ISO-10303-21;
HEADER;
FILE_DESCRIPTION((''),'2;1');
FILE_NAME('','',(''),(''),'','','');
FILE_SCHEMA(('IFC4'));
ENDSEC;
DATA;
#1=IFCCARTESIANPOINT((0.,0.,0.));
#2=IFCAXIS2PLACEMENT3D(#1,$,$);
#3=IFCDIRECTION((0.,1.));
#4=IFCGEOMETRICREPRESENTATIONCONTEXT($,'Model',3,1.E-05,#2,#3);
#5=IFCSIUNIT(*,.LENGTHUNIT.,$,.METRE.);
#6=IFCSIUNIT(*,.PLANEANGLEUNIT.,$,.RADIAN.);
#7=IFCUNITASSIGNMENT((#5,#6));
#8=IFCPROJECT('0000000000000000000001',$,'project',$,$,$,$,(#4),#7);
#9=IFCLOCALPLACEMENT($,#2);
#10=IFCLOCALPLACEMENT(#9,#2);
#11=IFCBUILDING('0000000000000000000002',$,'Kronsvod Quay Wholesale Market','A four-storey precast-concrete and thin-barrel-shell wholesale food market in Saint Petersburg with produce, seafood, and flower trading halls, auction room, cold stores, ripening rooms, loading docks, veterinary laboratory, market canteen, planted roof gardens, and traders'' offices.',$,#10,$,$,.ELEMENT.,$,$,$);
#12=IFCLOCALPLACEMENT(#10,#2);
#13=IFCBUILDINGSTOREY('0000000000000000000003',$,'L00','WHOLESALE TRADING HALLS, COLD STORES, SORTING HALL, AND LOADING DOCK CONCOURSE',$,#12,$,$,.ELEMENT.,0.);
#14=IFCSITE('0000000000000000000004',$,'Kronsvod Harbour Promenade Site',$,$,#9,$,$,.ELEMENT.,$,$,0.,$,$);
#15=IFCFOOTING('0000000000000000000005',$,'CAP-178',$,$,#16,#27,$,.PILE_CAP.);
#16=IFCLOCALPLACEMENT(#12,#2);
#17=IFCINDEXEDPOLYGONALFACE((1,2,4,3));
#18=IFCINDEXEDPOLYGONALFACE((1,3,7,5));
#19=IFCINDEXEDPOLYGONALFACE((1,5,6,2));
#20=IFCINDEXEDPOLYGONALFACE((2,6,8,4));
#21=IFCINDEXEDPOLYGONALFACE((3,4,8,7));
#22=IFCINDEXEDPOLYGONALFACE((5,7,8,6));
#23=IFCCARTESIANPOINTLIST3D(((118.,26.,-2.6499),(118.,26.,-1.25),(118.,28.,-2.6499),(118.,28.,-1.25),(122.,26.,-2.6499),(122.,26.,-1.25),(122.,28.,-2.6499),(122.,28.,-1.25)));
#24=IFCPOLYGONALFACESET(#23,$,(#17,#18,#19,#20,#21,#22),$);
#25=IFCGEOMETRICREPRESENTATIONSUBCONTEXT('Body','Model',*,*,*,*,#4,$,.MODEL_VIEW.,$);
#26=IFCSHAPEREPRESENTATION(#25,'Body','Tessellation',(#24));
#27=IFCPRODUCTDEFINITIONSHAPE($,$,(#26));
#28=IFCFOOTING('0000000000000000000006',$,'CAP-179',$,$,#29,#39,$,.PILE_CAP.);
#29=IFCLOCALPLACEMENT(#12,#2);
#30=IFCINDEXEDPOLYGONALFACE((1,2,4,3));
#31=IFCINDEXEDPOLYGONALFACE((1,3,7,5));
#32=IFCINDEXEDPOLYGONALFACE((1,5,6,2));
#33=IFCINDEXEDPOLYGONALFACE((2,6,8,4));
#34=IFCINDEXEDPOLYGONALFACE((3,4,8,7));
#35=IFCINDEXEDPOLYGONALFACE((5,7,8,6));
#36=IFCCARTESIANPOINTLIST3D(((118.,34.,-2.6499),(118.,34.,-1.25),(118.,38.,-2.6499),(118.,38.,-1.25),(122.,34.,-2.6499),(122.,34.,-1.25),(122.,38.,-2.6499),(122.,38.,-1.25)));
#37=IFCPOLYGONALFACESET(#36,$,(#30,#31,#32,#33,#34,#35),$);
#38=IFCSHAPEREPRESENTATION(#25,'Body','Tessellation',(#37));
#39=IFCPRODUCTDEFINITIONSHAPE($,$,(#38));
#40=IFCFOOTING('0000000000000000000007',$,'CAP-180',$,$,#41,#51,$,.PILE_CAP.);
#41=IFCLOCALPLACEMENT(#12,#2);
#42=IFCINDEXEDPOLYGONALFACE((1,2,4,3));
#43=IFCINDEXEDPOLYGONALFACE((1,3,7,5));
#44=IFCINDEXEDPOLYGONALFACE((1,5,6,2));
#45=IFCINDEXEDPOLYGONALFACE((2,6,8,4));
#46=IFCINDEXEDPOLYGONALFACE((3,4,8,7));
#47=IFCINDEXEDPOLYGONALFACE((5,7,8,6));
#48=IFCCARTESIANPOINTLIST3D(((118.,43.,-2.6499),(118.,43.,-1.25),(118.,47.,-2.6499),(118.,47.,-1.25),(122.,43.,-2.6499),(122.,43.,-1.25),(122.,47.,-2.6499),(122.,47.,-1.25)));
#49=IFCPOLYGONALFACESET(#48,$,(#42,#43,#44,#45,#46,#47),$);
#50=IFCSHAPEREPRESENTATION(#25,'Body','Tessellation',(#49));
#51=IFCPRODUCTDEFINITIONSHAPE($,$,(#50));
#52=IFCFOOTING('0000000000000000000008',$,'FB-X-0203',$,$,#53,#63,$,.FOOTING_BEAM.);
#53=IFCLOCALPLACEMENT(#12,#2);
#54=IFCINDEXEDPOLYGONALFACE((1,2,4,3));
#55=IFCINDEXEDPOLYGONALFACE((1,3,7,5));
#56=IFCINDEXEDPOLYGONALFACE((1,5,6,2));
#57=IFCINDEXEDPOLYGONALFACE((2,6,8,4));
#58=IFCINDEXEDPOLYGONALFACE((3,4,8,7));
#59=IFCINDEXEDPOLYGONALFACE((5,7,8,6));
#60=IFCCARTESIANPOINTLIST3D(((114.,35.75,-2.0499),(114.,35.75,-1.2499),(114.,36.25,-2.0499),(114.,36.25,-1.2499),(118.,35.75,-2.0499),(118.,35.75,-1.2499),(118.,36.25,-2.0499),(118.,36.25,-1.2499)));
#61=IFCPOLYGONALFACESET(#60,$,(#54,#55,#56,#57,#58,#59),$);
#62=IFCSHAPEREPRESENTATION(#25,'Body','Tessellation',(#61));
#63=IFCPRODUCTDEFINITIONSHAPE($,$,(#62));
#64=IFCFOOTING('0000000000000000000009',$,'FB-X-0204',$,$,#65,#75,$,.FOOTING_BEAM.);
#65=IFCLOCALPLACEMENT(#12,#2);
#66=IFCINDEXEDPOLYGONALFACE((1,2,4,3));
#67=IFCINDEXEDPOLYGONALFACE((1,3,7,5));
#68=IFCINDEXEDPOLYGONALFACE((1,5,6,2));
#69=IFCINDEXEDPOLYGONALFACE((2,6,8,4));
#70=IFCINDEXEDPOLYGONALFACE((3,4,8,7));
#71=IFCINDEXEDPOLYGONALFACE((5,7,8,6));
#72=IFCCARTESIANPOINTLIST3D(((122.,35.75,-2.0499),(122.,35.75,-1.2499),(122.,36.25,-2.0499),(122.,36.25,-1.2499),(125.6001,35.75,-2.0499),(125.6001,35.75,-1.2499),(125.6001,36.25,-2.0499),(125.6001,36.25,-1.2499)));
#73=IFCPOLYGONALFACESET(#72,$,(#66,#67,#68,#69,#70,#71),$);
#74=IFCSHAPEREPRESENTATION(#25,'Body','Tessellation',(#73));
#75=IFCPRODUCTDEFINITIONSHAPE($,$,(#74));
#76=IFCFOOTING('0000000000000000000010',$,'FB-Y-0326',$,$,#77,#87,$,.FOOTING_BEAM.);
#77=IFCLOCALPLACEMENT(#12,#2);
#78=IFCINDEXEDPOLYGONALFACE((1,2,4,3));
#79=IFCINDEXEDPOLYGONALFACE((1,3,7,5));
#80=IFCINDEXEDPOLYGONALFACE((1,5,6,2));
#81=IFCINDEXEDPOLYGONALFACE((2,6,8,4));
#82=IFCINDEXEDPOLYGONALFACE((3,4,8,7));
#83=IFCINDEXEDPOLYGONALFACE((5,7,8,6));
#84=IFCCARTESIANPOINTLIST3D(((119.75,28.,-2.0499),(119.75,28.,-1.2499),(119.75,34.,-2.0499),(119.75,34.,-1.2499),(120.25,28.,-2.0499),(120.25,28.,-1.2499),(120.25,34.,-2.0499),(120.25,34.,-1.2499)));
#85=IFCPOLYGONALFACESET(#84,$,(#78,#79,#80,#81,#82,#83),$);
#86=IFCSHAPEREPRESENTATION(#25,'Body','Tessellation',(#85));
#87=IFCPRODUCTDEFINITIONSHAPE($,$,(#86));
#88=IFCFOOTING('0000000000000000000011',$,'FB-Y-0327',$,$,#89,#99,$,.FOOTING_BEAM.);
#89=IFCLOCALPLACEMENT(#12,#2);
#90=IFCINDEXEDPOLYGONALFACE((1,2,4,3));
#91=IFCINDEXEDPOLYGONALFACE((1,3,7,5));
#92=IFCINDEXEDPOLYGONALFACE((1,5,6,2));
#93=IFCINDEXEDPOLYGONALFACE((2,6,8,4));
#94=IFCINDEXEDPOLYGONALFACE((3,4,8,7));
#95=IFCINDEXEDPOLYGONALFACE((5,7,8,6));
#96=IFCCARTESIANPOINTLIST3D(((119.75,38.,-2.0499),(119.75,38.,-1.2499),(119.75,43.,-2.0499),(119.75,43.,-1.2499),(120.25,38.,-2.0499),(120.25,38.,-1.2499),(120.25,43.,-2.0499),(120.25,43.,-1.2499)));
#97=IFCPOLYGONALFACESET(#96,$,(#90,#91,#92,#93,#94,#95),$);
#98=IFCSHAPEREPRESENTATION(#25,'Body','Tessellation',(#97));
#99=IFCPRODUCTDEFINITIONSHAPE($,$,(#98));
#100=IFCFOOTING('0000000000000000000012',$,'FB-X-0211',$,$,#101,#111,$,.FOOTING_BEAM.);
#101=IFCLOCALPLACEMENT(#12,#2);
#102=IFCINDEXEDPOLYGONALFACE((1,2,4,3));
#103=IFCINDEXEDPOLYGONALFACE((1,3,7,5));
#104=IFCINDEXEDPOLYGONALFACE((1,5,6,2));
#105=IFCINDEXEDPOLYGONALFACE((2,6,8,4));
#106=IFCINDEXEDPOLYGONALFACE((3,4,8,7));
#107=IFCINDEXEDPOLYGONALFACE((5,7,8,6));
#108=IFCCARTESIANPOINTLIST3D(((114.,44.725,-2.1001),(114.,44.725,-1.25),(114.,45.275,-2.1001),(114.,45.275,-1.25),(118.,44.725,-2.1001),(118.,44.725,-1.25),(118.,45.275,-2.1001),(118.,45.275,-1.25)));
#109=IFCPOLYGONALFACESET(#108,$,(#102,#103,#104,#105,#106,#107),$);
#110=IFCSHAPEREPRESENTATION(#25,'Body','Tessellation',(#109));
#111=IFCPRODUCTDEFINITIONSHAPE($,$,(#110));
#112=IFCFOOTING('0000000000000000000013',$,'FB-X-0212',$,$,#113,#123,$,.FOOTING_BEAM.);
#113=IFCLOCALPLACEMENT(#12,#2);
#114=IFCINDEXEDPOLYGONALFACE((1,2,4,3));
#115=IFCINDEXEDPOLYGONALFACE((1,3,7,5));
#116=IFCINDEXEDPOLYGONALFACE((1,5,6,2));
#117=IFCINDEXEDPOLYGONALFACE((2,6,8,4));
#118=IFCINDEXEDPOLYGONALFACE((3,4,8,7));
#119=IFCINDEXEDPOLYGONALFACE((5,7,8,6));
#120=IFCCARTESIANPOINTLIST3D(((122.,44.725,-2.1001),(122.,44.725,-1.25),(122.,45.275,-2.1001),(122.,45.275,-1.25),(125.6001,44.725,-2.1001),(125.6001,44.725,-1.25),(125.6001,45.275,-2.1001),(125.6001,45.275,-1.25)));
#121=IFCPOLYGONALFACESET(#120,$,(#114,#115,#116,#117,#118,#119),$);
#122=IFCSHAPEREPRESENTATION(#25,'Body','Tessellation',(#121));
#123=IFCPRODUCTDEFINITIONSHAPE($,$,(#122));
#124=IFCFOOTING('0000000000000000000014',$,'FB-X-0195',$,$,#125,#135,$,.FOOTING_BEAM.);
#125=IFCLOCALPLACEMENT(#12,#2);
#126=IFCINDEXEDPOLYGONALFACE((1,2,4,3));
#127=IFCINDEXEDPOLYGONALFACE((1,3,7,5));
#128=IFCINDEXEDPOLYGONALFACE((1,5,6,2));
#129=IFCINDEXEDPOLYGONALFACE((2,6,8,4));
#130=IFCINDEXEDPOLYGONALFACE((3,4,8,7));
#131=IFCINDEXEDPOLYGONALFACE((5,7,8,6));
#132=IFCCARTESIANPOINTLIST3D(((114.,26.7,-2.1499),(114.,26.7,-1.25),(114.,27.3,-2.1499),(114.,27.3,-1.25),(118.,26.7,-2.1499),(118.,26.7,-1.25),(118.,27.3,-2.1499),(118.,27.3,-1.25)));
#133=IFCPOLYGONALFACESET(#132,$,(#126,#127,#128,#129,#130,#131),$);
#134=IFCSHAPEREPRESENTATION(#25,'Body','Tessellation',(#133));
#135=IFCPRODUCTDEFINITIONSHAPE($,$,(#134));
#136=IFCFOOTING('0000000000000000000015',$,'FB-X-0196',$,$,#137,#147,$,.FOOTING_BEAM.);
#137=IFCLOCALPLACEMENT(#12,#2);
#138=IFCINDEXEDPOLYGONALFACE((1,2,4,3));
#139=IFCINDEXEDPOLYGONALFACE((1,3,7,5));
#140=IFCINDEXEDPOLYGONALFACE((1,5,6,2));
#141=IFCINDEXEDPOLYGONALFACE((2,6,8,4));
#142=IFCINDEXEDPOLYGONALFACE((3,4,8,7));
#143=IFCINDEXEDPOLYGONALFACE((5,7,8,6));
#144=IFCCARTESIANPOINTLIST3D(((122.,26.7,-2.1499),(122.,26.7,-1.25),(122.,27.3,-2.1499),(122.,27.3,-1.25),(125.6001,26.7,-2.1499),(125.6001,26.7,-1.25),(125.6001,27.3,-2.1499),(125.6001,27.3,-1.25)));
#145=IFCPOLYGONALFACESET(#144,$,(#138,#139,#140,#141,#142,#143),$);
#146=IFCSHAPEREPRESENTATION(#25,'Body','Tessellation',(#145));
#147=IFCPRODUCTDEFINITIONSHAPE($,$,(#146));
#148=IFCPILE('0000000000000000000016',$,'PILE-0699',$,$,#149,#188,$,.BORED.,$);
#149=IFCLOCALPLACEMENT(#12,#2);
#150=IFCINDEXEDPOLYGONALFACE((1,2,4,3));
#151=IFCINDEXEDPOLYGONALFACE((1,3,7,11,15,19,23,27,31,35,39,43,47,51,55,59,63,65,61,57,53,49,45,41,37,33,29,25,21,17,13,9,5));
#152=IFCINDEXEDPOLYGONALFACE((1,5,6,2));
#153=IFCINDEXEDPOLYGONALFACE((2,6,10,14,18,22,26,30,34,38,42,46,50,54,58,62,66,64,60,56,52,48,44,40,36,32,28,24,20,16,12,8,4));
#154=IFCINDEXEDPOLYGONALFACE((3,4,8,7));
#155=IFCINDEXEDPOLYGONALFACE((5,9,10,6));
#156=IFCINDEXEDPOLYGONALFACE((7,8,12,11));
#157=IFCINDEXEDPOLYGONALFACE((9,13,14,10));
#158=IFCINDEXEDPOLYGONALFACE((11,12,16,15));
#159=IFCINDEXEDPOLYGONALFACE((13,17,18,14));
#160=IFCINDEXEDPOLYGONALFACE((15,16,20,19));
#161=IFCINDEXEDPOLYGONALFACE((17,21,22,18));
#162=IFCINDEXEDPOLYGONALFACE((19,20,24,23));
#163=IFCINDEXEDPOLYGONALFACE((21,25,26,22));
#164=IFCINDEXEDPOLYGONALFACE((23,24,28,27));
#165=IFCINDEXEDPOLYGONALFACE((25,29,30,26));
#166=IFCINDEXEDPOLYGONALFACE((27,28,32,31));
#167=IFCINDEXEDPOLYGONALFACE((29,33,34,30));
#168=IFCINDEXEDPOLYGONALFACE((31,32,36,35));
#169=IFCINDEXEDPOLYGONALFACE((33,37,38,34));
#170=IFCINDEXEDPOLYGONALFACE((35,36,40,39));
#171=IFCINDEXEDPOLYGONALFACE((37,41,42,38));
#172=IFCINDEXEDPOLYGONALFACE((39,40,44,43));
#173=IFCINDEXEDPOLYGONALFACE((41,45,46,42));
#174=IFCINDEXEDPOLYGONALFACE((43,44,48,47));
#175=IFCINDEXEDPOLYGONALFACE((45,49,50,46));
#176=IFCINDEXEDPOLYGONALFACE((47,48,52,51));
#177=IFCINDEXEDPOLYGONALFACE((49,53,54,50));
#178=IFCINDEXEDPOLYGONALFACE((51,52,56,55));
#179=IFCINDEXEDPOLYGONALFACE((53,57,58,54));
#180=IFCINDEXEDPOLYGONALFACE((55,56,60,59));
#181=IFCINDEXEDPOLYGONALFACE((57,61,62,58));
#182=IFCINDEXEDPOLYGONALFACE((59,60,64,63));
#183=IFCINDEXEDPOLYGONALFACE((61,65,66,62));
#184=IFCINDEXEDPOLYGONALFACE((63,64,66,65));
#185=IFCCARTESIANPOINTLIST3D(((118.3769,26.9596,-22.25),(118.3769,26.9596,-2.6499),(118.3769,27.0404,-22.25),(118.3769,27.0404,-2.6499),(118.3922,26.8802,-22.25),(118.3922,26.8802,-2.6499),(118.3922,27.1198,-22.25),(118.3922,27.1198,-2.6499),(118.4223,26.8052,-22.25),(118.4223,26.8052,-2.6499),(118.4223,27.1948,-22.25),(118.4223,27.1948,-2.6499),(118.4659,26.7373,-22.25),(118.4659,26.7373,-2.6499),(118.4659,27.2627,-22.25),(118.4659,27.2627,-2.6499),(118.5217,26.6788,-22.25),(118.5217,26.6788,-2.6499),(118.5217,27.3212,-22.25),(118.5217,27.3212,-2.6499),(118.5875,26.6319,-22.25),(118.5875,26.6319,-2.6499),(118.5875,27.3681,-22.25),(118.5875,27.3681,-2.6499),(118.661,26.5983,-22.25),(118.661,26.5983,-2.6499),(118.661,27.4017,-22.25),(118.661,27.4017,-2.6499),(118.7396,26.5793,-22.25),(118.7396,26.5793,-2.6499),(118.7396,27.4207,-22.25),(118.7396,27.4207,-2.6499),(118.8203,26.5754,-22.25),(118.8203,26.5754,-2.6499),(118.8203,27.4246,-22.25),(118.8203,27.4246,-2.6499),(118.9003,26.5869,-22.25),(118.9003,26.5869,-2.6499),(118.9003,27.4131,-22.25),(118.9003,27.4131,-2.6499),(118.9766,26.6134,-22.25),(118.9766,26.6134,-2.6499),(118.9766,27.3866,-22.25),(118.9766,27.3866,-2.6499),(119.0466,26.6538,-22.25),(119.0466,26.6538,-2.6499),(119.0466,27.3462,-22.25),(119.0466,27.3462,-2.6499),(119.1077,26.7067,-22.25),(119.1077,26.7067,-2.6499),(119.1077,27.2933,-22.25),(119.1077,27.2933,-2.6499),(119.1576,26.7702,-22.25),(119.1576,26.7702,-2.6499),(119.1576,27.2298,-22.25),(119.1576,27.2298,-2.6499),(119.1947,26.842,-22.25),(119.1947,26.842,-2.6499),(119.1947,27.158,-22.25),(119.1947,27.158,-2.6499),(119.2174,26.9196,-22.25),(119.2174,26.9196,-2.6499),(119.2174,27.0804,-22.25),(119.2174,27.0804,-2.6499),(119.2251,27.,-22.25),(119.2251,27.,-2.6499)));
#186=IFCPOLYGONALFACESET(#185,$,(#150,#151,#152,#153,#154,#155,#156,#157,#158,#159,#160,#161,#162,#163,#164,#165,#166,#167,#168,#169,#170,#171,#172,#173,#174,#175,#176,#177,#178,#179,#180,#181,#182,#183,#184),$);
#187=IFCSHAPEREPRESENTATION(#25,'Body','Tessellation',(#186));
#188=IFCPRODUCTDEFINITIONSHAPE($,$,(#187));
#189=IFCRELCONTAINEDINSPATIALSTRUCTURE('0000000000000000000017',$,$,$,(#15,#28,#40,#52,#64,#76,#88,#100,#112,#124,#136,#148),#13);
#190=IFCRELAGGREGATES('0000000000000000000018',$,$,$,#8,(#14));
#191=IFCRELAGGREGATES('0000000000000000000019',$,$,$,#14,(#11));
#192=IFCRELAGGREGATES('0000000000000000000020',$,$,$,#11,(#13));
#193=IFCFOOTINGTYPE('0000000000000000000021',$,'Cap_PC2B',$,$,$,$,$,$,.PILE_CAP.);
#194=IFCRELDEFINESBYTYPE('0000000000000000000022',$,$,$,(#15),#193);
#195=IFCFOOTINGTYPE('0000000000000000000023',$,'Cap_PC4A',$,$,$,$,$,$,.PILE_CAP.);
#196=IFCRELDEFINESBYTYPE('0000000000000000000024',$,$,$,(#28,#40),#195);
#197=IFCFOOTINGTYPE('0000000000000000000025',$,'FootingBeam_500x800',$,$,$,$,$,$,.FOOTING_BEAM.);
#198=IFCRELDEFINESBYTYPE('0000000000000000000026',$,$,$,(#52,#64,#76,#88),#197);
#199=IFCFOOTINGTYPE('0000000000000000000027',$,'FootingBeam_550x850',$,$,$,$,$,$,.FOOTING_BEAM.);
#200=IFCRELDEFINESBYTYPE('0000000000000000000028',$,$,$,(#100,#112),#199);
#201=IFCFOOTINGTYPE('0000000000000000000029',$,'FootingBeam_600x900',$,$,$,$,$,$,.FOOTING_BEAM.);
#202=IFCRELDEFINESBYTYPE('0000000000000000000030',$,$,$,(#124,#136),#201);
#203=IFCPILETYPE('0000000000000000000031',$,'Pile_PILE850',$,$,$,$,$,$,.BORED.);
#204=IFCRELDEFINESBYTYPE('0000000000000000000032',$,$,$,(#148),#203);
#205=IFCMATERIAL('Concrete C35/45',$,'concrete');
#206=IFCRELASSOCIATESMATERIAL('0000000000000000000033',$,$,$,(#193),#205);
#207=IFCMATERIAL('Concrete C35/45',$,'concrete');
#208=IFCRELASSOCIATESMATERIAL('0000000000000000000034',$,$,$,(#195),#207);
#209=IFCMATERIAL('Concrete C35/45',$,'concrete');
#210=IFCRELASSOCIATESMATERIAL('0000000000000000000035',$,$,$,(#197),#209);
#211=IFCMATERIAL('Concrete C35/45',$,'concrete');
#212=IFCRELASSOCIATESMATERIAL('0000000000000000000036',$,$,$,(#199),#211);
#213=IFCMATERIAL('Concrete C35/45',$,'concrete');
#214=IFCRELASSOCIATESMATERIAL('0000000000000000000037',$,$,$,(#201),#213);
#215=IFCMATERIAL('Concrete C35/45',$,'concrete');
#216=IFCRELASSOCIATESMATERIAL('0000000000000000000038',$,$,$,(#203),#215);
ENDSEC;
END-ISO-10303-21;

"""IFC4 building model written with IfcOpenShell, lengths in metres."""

from ifc_helpers import new_model, si_unit, direction, frame, origin, origin_2d, place, context, subcontext, project, spatial, rectangle, circle, extrude, material, material_profile, profile_set, type_object, element, save


model = new_model("IFC4")

# Units and contexts
model_context = context("Model", 3, precision=1e-05, world=origin(), true_north=direction((0.0, 1.0)))
body_context = subcontext(model_context, "Body", "Model", "MODEL_VIEW")
ifc_project = project(units=[si_unit("LENGTHUNIT", "METRE"), si_unit("PLANEANGLEUNIT", "RADIAN")], contexts=[model_context])

# Site, building, storey
site_placement = place(None, origin())
site = spatial("IfcSite", under=ifc_project, at=site_placement, Name="Kronsvod Harbour Promenade Site", CompositionType="ELEMENT", RefElevation=0.0)
building_placement = place(site_placement, origin())
building = spatial("IfcBuilding", under=site, at=building_placement, Name="Kronsvod Quay Wholesale Market", Description="A four-storey precast-concrete and thin-barrel-shell wholesale food market in Saint Petersburg with produce, seafood, and flower trading halls, auction room, cold stores, ripening rooms, loading docks, veterinary laboratory, market canteen, planted roof gardens, and traders' offices.", CompositionType="ELEMENT")
storey_placement = place(building_placement, origin())
storey = spatial("IfcBuildingStorey", under=building, at=storey_placement, Name="L00", Description="WHOLESALE TRADING HALLS, COLD STORES, SORTING HALL, AND LOADING DOCK CONCOURSE", CompositionType="ELEMENT", Elevation=0.0)

# Footings
ifc_material_1 = material(Name="Concrete C35/45", Category="concrete")
footing_type_1 = type_object("IfcFootingType", Name="Cap_PC2B", PredefinedType="PILE_CAP", material=ifc_material_1)
footing_1_placement = place(storey_placement, frame((120.0, 27.0, -2.6499), z_axis=(0.0, 0.0, 1.0), x_axis=(1.0, 0.0, 0.0)))
element("IfcFooting", 1, at=footing_1_placement, inside=storey, type_object=footing_type_1, Name="CAP-178", PredefinedType="PILE_CAP", context=body_context, shape_type="SweptSolid", body=[
    extrude(rectangle(XDim=4.0, YDim=2.0, at=origin_2d()), origin(), (0.0, 0.0, 1.0), 1.3999),
])
ifc_material_2 = material(Name="Concrete C35/45", Category="concrete")
footing_type_2 = type_object("IfcFootingType", Name="Cap_PC4A", PredefinedType="PILE_CAP", material=ifc_material_2)
for number, where, z_axis, x_axis, name in (
    (2, (120.0, 36.0, -2.6499), (0.0, 0.0, 1.0), (1.0, 0.0, 0.0), "CAP-179"),
    (3, (120.0, 45.0, -2.6499), (0.0, 0.0, 1.0), (1.0, 0.0, 0.0), "CAP-180"),
):
    element("IfcFooting", number, at=place(storey_placement, frame(where, z_axis=z_axis, x_axis=x_axis)), inside=storey, type_object=footing_type_2, Name=name, PredefinedType="PILE_CAP", context=body_context, shape_type="SweptSolid", body=[
        extrude(rectangle(XDim=4.0, YDim=4.0, at=origin_2d()), origin(), (0.0, 0.0, 1.0), 1.3999),
    ])
ifc_material_3 = material(Name="Concrete C35/45", Category="concrete")
ifc_material_profile_1 = material_profile(ifc_material_3, rectangle(XDim=0.5, YDim=0.8, at=origin_2d()), Name="FB-01")
ifc_profile_set_1 = profile_set([ifc_material_profile_1], Name="Concrete C35/45")
footing_type_3 = type_object("IfcFootingType", Name="FootingBeam_500x800", PredefinedType="FOOTING_BEAM", material=ifc_profile_set_1)
footing_2_placement = place(storey_placement, frame((114.0, 36.0, -1.6499), z_axis=(1.0, 0.0, 0.0), x_axis=(0.0, 1.0, 0.0)))
element("IfcFooting", 4, at=footing_2_placement, inside=storey, type_object=footing_type_3, Name="FB-X-0203", PredefinedType="FOOTING_BEAM", context=body_context, shape_type="SweptSolid", body=[
    extrude(rectangle(XDim=0.5, YDim=0.8, at=origin_2d()), origin(), (0.0, 0.0, 1.0), 4.0),
])
footing_3_placement = place(storey_placement, frame((122.0, 36.0, -1.6499), z_axis=(1.0, 0.0, 0.0), x_axis=(0.0, 1.0, 0.0)))
element("IfcFooting", 5, at=footing_3_placement, inside=storey, type_object=footing_type_3, Name="FB-X-0204", PredefinedType="FOOTING_BEAM", context=body_context, shape_type="SweptSolid", body=[
    extrude(rectangle(XDim=0.5, YDim=0.8, at=origin_2d()), origin(), (0.0, 0.0, 1.0), 3.6001),
])
footing_4_placement = place(storey_placement, frame((120.0, 28.0, -1.6499), z_axis=(0.0, 1.0, 0.0), x_axis=(-1.0, 0.0, 0.0)))
element("IfcFooting", 6, at=footing_4_placement, inside=storey, type_object=footing_type_3, Name="FB-Y-0326", PredefinedType="FOOTING_BEAM", context=body_context, shape_type="SweptSolid", body=[
    extrude(rectangle(XDim=0.5, YDim=0.8, at=origin_2d()), origin(), (0.0, 0.0, 1.0), 6.0),
])
footing_5_placement = place(storey_placement, frame((120.0, 38.0, -1.6499), z_axis=(0.0, 1.0, 0.0), x_axis=(-1.0, 0.0, 0.0)))
element("IfcFooting", 7, at=footing_5_placement, inside=storey, type_object=footing_type_3, Name="FB-Y-0327", PredefinedType="FOOTING_BEAM", context=body_context, shape_type="SweptSolid", body=[
    extrude(rectangle(XDim=0.5, YDim=0.8, at=origin_2d()), origin(), (0.0, 0.0, 1.0), 5.0),
])
ifc_material_4 = material(Name="Concrete C35/45", Category="concrete")
ifc_material_profile_2 = material_profile(ifc_material_4, rectangle(XDim=0.55, YDim=0.8501, at=origin_2d()), Name="FB-03")
ifc_profile_set_2 = profile_set([ifc_material_profile_2], Name="Concrete C35/45")
footing_type_4 = type_object("IfcFootingType", Name="FootingBeam_550x850", PredefinedType="FOOTING_BEAM", material=ifc_profile_set_2)
footing_6_placement = place(storey_placement, frame((114.0, 45.0, -1.675), z_axis=(1.0, 0.0, 0.0), x_axis=(0.0, 1.0, 0.0)))
element("IfcFooting", 8, at=footing_6_placement, inside=storey, type_object=footing_type_4, Name="FB-X-0211", PredefinedType="FOOTING_BEAM", context=body_context, shape_type="SweptSolid", body=[
    extrude(rectangle(XDim=0.55, YDim=0.8501, at=origin_2d()), origin(), (0.0, 0.0, 1.0), 4.0),
])
footing_7_placement = place(storey_placement, frame((122.0, 45.0, -1.675), z_axis=(1.0, 0.0, 0.0), x_axis=(0.0, 1.0, 0.0)))
element("IfcFooting", 9, at=footing_7_placement, inside=storey, type_object=footing_type_4, Name="FB-X-0212", PredefinedType="FOOTING_BEAM", context=body_context, shape_type="SweptSolid", body=[
    extrude(rectangle(XDim=0.55, YDim=0.8501, at=origin_2d()), origin(), (0.0, 0.0, 1.0), 3.6001),
])
ifc_material_5 = material(Name="Concrete C35/45", Category="concrete")
ifc_material_profile_3 = material_profile(ifc_material_5, rectangle(XDim=0.6001, YDim=0.8999, at=origin_2d()), Name="FB-02")
ifc_profile_set_3 = profile_set([ifc_material_profile_3], Name="Concrete C35/45")
footing_type_5 = type_object("IfcFootingType", Name="FootingBeam_600x900", PredefinedType="FOOTING_BEAM", material=ifc_profile_set_3)
footing_8_placement = place(storey_placement, frame((114.0, 27.0, -1.7), z_axis=(1.0, 0.0, 0.0), x_axis=(0.0, 1.0, 0.0)))
element("IfcFooting", 10, at=footing_8_placement, inside=storey, type_object=footing_type_5, Name="FB-X-0195", PredefinedType="FOOTING_BEAM", context=body_context, shape_type="SweptSolid", body=[
    extrude(rectangle(XDim=0.6001, YDim=0.8999, at=origin_2d()), origin(), (0.0, 0.0, 1.0), 4.0),
])
footing_9_placement = place(storey_placement, frame((122.0, 27.0, -1.7), z_axis=(1.0, 0.0, 0.0), x_axis=(0.0, 1.0, 0.0)))
element("IfcFooting", 11, at=footing_9_placement, inside=storey, type_object=footing_type_5, Name="FB-X-0196", PredefinedType="FOOTING_BEAM", context=body_context, shape_type="SweptSolid", body=[
    extrude(rectangle(XDim=0.6001, YDim=0.8999, at=origin_2d()), origin(), (0.0, 0.0, 1.0), 3.6001),
])

# Pile
ifc_material_6 = material(Name="Concrete C35/45", Category="concrete")
ifc_material_profile_4 = material_profile(ifc_material_6, circle(Radius=0.425, at=origin_2d()), Name="PILE850")
ifc_profile_set_4 = profile_set([ifc_material_profile_4], Name="Concrete C35/45")
pile_type_1 = type_object("IfcPileType", Name="Pile_PILE850", PredefinedType="BORED", material=ifc_profile_set_4)
for number, where, z_axis, x_axis, name in (
    (12, (118.8, 27.0, -2.6499), (0.0, 0.0, -1.0), (1.0, 0.0, 0.0), "PILE-0699"),
):
    element("IfcPile", number, at=place(storey_placement, frame(where, z_axis=z_axis, x_axis=x_axis)), inside=storey, type_object=pile_type_1, Name=name, PredefinedType="BORED", context=body_context, shape_type="SweptSolid", body=[
        extrude(circle(Radius=0.425, at=origin_2d()), origin(), (0.0, 0.0, 1.0), 19.6001),
    ])

save(model, "model.ifc")
